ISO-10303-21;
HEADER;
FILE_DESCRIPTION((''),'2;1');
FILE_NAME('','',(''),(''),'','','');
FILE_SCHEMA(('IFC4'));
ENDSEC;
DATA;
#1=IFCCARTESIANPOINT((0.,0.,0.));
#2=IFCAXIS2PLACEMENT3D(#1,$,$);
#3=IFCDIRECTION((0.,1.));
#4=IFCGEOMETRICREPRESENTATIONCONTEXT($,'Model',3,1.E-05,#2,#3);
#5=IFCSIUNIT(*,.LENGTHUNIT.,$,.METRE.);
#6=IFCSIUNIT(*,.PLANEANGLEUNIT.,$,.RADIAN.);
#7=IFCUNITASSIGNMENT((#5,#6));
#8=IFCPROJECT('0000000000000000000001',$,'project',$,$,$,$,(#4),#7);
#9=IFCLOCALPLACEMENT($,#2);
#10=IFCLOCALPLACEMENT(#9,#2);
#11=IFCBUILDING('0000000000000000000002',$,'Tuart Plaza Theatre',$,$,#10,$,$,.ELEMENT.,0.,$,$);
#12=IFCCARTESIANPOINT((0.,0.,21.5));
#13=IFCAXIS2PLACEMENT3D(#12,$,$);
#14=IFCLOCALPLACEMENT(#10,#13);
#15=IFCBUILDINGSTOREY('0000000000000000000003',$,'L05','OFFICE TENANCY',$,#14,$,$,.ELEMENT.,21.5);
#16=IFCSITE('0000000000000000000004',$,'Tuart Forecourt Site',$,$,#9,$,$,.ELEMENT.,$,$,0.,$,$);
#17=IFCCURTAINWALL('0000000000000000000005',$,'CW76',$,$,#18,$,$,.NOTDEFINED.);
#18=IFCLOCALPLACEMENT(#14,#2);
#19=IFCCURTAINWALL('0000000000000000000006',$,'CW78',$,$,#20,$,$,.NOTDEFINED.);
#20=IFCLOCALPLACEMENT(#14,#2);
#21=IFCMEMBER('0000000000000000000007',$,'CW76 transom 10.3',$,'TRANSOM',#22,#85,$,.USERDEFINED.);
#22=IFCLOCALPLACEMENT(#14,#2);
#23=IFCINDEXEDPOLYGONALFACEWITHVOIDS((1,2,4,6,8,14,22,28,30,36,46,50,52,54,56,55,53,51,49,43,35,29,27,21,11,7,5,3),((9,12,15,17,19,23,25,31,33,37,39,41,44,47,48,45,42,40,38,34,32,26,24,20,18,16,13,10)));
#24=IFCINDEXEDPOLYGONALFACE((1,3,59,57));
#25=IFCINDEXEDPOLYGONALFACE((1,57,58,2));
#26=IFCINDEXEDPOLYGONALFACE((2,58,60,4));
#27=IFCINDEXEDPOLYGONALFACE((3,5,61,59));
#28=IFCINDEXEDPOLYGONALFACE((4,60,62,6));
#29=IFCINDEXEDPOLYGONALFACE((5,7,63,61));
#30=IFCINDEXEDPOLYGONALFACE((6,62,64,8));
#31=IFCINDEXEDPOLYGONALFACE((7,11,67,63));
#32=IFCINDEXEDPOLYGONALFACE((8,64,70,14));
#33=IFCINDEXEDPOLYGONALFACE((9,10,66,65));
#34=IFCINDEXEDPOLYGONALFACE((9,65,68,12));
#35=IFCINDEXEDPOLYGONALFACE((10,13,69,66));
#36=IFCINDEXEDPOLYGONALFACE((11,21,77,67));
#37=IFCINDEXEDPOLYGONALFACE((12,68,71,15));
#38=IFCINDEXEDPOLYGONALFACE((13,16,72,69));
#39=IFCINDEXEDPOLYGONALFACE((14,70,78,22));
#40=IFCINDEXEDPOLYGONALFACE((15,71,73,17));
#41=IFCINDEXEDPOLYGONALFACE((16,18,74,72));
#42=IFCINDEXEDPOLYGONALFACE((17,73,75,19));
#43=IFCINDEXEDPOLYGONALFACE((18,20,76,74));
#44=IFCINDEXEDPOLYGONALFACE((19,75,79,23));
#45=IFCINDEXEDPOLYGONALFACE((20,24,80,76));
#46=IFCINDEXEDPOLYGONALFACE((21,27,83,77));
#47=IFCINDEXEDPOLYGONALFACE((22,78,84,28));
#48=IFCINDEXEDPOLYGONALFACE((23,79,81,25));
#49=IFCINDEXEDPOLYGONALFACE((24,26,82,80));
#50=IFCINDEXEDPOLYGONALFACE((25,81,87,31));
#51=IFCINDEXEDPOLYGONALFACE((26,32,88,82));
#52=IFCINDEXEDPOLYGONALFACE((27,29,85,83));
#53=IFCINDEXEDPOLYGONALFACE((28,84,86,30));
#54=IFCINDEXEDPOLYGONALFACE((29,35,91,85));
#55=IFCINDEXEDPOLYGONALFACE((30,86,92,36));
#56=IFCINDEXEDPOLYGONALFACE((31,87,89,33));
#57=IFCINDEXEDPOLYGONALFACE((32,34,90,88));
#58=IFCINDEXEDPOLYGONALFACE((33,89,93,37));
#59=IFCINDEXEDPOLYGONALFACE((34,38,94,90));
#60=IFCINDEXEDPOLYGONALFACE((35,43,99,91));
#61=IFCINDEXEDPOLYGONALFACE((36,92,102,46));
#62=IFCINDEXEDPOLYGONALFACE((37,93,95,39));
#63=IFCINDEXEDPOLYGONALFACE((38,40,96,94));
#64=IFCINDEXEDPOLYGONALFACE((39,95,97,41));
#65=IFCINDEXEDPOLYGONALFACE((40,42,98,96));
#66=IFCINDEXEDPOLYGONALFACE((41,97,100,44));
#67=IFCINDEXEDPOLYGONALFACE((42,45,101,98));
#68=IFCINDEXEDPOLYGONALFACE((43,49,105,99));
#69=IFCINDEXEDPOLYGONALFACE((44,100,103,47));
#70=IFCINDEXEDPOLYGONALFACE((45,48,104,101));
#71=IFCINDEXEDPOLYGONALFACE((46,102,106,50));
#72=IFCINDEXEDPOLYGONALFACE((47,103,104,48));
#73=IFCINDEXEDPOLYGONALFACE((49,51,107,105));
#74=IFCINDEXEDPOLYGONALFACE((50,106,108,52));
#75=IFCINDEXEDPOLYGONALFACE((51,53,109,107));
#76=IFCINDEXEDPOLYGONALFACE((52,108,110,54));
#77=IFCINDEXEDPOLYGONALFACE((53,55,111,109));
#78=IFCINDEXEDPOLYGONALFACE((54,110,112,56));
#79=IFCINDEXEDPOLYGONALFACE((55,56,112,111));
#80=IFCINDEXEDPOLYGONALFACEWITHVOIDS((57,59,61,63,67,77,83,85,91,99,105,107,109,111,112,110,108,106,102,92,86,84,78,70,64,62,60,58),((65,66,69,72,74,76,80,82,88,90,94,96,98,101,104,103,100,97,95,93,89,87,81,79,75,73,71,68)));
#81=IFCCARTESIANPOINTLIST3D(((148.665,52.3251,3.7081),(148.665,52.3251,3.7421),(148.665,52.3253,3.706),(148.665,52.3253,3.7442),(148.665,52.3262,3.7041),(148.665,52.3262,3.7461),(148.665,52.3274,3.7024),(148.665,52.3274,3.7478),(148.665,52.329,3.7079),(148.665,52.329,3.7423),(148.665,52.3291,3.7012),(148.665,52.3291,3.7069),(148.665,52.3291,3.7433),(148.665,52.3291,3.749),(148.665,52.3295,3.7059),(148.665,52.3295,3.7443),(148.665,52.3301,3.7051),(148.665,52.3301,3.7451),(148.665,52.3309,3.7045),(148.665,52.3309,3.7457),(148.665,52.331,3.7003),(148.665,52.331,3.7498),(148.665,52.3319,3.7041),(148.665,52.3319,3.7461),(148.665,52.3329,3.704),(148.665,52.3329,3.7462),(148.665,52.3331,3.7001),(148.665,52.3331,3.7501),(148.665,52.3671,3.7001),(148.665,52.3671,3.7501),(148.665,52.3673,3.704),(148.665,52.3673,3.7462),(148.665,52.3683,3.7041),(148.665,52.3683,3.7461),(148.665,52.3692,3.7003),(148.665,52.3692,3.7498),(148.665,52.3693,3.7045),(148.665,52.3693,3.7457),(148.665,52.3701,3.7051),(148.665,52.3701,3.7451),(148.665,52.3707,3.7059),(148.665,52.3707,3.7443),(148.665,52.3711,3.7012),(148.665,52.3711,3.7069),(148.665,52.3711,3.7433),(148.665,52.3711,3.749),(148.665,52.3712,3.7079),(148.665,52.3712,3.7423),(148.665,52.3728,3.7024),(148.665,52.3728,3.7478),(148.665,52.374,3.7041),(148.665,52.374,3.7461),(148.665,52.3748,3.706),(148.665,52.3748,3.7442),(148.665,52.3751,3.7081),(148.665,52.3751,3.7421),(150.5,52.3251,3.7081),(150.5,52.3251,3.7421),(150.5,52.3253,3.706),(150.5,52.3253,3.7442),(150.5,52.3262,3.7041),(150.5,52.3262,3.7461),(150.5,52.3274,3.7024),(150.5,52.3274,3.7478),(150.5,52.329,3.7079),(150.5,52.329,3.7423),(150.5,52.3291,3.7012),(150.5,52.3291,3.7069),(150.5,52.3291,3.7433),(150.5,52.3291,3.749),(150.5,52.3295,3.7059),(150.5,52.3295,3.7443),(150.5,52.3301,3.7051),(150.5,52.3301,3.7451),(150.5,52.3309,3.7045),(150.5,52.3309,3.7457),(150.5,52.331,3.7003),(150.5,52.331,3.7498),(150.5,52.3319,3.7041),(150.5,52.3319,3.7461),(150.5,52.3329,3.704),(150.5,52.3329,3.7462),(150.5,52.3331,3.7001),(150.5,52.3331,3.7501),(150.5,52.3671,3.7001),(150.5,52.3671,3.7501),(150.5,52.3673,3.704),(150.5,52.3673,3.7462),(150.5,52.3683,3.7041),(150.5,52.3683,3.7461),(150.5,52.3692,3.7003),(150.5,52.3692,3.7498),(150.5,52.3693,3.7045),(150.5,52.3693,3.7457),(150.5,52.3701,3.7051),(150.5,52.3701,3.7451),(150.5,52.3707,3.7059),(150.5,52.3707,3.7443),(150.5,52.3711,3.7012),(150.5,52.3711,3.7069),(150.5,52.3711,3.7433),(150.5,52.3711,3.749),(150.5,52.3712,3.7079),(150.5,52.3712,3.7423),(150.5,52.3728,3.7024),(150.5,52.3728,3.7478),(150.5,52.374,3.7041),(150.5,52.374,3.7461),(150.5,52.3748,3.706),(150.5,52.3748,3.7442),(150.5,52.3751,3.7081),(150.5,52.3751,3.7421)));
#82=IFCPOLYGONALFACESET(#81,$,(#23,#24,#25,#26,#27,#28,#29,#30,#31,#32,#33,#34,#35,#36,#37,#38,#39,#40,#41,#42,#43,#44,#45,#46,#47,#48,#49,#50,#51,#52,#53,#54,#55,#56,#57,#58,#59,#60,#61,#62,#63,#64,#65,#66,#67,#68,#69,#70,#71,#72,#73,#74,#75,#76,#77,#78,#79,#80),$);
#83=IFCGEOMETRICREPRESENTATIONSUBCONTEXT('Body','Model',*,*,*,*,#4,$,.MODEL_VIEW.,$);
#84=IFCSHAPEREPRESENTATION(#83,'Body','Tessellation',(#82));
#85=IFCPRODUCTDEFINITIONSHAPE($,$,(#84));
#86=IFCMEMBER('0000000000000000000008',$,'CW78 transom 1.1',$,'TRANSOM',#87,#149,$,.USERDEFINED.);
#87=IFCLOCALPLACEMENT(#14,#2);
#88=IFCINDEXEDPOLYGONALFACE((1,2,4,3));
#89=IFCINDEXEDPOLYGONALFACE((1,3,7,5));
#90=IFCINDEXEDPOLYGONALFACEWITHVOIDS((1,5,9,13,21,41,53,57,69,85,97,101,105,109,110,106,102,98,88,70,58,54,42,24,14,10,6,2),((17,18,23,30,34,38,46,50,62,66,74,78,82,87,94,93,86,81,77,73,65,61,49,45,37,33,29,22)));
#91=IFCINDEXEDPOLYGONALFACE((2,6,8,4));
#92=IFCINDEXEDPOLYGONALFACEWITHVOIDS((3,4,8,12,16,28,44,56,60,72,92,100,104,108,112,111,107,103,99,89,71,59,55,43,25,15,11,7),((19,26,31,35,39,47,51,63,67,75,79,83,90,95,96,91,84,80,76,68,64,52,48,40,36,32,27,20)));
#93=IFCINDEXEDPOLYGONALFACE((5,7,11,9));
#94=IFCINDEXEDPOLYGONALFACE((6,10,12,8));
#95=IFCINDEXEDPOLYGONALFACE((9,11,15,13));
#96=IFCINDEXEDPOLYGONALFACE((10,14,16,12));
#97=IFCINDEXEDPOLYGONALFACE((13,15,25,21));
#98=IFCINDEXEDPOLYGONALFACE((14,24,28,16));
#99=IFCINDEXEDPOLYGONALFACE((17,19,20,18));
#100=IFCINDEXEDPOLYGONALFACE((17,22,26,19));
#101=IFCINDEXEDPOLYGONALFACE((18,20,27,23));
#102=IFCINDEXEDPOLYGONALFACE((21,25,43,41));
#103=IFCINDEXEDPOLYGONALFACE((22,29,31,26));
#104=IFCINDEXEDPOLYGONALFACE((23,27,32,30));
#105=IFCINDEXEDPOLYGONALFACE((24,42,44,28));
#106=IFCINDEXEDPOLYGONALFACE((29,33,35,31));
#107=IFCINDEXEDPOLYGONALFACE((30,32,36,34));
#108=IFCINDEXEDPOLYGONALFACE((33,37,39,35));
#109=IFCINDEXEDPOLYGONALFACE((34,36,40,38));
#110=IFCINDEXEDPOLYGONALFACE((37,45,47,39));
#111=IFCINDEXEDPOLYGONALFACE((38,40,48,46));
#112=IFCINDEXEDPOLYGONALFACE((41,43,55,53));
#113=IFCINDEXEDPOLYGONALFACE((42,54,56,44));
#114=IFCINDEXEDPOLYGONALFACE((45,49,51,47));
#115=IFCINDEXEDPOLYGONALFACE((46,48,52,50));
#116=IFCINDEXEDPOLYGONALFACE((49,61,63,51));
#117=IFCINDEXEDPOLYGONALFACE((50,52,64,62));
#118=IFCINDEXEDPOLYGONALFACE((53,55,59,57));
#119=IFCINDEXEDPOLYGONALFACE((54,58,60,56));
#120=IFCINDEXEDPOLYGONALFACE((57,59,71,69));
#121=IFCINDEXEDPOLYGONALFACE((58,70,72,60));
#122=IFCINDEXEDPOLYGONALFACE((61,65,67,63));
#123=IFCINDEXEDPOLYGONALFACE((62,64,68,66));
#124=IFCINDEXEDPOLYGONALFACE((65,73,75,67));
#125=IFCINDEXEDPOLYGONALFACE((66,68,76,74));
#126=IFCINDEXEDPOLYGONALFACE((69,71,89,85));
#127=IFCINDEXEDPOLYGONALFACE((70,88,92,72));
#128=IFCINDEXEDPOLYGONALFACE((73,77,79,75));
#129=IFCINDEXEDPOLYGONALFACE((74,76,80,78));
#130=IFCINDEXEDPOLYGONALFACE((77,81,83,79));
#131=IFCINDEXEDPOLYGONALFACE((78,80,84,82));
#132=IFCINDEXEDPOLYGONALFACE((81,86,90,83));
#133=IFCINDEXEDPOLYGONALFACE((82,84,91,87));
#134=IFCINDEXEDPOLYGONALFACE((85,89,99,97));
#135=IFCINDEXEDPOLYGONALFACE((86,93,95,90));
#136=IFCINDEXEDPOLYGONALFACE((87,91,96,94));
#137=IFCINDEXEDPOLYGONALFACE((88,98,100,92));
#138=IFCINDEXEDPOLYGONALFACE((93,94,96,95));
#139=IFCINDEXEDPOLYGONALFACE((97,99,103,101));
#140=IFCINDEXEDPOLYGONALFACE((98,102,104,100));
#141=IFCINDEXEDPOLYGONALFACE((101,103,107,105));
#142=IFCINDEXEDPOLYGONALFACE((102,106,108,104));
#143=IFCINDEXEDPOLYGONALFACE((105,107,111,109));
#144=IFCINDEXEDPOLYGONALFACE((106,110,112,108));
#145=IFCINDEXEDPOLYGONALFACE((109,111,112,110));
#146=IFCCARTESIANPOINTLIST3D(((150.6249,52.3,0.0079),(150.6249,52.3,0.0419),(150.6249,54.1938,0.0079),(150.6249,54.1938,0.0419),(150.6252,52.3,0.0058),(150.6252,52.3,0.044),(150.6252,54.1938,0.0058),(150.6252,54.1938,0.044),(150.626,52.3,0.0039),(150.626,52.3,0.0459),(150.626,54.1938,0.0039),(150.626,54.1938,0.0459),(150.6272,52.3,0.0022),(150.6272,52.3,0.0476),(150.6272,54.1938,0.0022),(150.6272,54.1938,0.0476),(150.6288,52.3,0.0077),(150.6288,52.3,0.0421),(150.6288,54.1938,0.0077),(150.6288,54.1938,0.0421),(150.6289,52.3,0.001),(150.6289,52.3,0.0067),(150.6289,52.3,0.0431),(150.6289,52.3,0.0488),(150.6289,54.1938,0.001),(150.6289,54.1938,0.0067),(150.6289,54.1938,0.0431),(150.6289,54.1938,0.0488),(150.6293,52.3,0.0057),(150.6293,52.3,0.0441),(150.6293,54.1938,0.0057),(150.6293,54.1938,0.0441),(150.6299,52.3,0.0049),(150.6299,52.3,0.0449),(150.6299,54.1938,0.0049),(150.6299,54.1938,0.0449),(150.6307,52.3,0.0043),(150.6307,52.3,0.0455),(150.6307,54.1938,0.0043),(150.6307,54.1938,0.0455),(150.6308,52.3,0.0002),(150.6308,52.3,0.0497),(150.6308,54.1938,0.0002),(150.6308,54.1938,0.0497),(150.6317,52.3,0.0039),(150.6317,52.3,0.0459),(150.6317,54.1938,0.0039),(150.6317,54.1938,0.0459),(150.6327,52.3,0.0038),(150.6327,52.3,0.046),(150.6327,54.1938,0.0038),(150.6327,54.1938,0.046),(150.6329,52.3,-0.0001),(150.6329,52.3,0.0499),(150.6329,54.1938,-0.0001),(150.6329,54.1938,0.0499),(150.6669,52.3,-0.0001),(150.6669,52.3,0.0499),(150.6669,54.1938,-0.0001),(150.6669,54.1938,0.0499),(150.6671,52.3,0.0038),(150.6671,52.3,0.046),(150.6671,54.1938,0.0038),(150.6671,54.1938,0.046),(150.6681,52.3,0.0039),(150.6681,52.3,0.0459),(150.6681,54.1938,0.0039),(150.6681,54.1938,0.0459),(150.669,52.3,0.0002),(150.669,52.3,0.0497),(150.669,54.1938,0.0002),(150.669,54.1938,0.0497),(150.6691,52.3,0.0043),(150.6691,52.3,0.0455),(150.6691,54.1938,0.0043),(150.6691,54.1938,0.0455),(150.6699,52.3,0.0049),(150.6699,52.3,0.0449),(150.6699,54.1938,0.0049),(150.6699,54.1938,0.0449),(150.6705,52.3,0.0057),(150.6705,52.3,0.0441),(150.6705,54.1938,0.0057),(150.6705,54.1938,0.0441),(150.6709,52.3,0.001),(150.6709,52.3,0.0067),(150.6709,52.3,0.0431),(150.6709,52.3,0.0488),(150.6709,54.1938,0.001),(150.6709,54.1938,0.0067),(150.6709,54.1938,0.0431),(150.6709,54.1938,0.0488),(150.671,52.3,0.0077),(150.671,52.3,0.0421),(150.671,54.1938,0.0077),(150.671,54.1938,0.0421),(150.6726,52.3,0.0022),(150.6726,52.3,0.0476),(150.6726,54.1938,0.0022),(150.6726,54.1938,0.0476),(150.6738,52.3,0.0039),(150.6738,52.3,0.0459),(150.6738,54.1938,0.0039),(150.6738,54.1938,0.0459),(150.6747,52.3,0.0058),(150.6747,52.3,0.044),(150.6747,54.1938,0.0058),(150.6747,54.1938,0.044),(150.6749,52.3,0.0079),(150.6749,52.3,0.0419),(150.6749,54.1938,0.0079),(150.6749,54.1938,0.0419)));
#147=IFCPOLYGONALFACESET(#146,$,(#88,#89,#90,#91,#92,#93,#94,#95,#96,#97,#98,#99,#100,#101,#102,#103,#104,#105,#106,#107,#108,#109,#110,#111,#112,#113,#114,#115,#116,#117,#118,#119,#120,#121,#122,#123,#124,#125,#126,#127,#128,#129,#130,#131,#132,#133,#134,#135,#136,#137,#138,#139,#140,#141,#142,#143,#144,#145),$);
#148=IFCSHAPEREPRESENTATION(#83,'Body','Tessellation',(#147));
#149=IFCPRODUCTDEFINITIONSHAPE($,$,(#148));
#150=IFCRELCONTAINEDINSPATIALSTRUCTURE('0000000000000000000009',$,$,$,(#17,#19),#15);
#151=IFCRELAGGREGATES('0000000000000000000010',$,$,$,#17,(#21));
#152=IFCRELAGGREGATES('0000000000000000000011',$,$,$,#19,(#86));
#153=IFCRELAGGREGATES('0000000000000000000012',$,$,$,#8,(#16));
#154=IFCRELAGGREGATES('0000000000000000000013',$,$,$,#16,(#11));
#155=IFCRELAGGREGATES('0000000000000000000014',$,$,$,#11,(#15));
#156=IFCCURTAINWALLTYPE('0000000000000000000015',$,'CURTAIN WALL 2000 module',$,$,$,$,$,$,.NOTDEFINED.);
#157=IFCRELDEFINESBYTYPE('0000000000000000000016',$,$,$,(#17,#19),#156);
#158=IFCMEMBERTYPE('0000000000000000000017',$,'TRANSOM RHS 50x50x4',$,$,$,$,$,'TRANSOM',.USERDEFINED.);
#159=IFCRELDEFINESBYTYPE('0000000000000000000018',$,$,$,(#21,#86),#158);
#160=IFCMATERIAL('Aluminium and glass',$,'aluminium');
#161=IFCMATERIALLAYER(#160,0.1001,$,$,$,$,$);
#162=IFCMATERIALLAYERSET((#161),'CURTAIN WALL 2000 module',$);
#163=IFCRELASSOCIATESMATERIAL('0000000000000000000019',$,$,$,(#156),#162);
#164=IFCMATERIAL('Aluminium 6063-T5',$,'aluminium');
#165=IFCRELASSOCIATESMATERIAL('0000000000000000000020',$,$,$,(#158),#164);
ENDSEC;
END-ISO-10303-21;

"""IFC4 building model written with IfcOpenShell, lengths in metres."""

from ifc_helpers import new_model, si_unit, direction, frame, origin, origin_2d, place, context, subcontext, project, spatial, hollow_rectangle, extrude, material, layer, layer_set, material_profile, profile_set, type_object, element, aggregate, save


model = new_model("IFC4")

# Units and contexts
model_context = context("Model", 3, precision=1e-05, world=origin(), true_north=direction((0.0, 1.0)))
body_context = subcontext(model_context, "Body", "Model", "MODEL_VIEW")
ifc_project = project(units=[si_unit("LENGTHUNIT", "METRE"), si_unit("PLANEANGLEUNIT", "RADIAN")], contexts=[model_context])

# Site, building, storey
site_placement = place(None, origin())
site = spatial("IfcSite", under=ifc_project, at=site_placement, Name="Tuart Forecourt Site", CompositionType="ELEMENT", RefElevation=0.0)
building_placement = place(site_placement, origin())
building = spatial("IfcBuilding", under=site, at=building_placement, Name="Tuart Plaza Theatre", CompositionType="ELEMENT", ElevationOfRefHeight=0.0)
storey_placement = place(building_placement, frame((0.0, 0.0, 21.5)))
storey = spatial("IfcBuildingStorey", under=building, at=storey_placement, Name="L05", Description="OFFICE TENANCY", CompositionType="ELEMENT", Elevation=21.5)

# Curtain walls
ifc_material_1 = material(Name="Aluminium and glass", Category="aluminium")
ifc_layer_1 = layer(ifc_material_1, 0.1001)
ifc_layer_set_1 = layer_set([ifc_layer_1], Name="CURTAIN WALL 2000 module")
curtain_wall_type = type_object("IfcCurtainWallType", Name="CURTAIN WALL 2000 module", PredefinedType="NOTDEFINED", material=ifc_layer_set_1)
curtain_wall_1_placement = place(storey_placement, origin())
curtain_wall_1 = element("IfcCurtainWall", 1, at=curtain_wall_1_placement, inside=storey, type_object=curtain_wall_type, Name="CW76", PredefinedType="NOTDEFINED")
curtain_wall_2_placement = place(storey_placement, origin())
curtain_wall_2 = element("IfcCurtainWall", 2, at=curtain_wall_2_placement, inside=storey, type_object=curtain_wall_type, Name="CW78", PredefinedType="NOTDEFINED")

# Members
ifc_material_2 = material(Name="Aluminium 6063-T5", Category="aluminium")
ifc_material_profile_1 = material_profile(ifc_material_2, hollow_rectangle(XDim=0.05, YDim=0.05, WallThickness=0.0039, InnerFilletRadius=0.0039, OuterFilletRadius=0.0081, at=origin_2d()), Name="RHS 50x50x4")
ifc_profile_set_1 = profile_set([ifc_material_profile_1], Name="Aluminium 6063-T5")
member_type_1 = type_object("IfcMemberType", Name="TRANSOM RHS 50x50x4", ElementType="TRANSOM", PredefinedType="USERDEFINED", material=ifc_profile_set_1)
member_1_placement = place(storey_placement, frame((148.665, 52.3501, 3.7251), z_axis=(1.0, 0.0, 0.0), x_axis=(0.0, 1.0, 0.0)))
member_1 = element("IfcMember", 3, at=member_1_placement, type_object=member_type_1, Name="CW76 transom 10.3", ObjectType="TRANSOM", PredefinedType="USERDEFINED", context=body_context, shape_type="SweptSolid", body=[
    extrude(hollow_rectangle(XDim=0.05, YDim=0.05, WallThickness=0.0039, InnerFilletRadius=0.0039, OuterFilletRadius=0.0081, at=origin_2d()), origin(), (0.0, 0.0, 1.0), 1.835),
])
member_2_placement = place(storey_placement, frame((150.6499, 52.3, 0.0249), z_axis=(0.0, 1.0, 0.0), x_axis=(-1.0, 0.0, 0.0)))
member_2 = element("IfcMember", 4, at=member_2_placement, type_object=member_type_1, Name="CW78 transom 1.1", ObjectType="TRANSOM", PredefinedType="USERDEFINED", context=body_context, shape_type="SweptSolid", body=[
    extrude(hollow_rectangle(XDim=0.05, YDim=0.05, WallThickness=0.0039, InnerFilletRadius=0.0039, OuterFilletRadius=0.0081, at=origin_2d()), origin(), (0.0, 0.0, 1.0), 1.8938),
])

aggregate(curtain_wall_1, [member_1])
aggregate(curtain_wall_2, [member_2])

save(model, "model.ifc")
